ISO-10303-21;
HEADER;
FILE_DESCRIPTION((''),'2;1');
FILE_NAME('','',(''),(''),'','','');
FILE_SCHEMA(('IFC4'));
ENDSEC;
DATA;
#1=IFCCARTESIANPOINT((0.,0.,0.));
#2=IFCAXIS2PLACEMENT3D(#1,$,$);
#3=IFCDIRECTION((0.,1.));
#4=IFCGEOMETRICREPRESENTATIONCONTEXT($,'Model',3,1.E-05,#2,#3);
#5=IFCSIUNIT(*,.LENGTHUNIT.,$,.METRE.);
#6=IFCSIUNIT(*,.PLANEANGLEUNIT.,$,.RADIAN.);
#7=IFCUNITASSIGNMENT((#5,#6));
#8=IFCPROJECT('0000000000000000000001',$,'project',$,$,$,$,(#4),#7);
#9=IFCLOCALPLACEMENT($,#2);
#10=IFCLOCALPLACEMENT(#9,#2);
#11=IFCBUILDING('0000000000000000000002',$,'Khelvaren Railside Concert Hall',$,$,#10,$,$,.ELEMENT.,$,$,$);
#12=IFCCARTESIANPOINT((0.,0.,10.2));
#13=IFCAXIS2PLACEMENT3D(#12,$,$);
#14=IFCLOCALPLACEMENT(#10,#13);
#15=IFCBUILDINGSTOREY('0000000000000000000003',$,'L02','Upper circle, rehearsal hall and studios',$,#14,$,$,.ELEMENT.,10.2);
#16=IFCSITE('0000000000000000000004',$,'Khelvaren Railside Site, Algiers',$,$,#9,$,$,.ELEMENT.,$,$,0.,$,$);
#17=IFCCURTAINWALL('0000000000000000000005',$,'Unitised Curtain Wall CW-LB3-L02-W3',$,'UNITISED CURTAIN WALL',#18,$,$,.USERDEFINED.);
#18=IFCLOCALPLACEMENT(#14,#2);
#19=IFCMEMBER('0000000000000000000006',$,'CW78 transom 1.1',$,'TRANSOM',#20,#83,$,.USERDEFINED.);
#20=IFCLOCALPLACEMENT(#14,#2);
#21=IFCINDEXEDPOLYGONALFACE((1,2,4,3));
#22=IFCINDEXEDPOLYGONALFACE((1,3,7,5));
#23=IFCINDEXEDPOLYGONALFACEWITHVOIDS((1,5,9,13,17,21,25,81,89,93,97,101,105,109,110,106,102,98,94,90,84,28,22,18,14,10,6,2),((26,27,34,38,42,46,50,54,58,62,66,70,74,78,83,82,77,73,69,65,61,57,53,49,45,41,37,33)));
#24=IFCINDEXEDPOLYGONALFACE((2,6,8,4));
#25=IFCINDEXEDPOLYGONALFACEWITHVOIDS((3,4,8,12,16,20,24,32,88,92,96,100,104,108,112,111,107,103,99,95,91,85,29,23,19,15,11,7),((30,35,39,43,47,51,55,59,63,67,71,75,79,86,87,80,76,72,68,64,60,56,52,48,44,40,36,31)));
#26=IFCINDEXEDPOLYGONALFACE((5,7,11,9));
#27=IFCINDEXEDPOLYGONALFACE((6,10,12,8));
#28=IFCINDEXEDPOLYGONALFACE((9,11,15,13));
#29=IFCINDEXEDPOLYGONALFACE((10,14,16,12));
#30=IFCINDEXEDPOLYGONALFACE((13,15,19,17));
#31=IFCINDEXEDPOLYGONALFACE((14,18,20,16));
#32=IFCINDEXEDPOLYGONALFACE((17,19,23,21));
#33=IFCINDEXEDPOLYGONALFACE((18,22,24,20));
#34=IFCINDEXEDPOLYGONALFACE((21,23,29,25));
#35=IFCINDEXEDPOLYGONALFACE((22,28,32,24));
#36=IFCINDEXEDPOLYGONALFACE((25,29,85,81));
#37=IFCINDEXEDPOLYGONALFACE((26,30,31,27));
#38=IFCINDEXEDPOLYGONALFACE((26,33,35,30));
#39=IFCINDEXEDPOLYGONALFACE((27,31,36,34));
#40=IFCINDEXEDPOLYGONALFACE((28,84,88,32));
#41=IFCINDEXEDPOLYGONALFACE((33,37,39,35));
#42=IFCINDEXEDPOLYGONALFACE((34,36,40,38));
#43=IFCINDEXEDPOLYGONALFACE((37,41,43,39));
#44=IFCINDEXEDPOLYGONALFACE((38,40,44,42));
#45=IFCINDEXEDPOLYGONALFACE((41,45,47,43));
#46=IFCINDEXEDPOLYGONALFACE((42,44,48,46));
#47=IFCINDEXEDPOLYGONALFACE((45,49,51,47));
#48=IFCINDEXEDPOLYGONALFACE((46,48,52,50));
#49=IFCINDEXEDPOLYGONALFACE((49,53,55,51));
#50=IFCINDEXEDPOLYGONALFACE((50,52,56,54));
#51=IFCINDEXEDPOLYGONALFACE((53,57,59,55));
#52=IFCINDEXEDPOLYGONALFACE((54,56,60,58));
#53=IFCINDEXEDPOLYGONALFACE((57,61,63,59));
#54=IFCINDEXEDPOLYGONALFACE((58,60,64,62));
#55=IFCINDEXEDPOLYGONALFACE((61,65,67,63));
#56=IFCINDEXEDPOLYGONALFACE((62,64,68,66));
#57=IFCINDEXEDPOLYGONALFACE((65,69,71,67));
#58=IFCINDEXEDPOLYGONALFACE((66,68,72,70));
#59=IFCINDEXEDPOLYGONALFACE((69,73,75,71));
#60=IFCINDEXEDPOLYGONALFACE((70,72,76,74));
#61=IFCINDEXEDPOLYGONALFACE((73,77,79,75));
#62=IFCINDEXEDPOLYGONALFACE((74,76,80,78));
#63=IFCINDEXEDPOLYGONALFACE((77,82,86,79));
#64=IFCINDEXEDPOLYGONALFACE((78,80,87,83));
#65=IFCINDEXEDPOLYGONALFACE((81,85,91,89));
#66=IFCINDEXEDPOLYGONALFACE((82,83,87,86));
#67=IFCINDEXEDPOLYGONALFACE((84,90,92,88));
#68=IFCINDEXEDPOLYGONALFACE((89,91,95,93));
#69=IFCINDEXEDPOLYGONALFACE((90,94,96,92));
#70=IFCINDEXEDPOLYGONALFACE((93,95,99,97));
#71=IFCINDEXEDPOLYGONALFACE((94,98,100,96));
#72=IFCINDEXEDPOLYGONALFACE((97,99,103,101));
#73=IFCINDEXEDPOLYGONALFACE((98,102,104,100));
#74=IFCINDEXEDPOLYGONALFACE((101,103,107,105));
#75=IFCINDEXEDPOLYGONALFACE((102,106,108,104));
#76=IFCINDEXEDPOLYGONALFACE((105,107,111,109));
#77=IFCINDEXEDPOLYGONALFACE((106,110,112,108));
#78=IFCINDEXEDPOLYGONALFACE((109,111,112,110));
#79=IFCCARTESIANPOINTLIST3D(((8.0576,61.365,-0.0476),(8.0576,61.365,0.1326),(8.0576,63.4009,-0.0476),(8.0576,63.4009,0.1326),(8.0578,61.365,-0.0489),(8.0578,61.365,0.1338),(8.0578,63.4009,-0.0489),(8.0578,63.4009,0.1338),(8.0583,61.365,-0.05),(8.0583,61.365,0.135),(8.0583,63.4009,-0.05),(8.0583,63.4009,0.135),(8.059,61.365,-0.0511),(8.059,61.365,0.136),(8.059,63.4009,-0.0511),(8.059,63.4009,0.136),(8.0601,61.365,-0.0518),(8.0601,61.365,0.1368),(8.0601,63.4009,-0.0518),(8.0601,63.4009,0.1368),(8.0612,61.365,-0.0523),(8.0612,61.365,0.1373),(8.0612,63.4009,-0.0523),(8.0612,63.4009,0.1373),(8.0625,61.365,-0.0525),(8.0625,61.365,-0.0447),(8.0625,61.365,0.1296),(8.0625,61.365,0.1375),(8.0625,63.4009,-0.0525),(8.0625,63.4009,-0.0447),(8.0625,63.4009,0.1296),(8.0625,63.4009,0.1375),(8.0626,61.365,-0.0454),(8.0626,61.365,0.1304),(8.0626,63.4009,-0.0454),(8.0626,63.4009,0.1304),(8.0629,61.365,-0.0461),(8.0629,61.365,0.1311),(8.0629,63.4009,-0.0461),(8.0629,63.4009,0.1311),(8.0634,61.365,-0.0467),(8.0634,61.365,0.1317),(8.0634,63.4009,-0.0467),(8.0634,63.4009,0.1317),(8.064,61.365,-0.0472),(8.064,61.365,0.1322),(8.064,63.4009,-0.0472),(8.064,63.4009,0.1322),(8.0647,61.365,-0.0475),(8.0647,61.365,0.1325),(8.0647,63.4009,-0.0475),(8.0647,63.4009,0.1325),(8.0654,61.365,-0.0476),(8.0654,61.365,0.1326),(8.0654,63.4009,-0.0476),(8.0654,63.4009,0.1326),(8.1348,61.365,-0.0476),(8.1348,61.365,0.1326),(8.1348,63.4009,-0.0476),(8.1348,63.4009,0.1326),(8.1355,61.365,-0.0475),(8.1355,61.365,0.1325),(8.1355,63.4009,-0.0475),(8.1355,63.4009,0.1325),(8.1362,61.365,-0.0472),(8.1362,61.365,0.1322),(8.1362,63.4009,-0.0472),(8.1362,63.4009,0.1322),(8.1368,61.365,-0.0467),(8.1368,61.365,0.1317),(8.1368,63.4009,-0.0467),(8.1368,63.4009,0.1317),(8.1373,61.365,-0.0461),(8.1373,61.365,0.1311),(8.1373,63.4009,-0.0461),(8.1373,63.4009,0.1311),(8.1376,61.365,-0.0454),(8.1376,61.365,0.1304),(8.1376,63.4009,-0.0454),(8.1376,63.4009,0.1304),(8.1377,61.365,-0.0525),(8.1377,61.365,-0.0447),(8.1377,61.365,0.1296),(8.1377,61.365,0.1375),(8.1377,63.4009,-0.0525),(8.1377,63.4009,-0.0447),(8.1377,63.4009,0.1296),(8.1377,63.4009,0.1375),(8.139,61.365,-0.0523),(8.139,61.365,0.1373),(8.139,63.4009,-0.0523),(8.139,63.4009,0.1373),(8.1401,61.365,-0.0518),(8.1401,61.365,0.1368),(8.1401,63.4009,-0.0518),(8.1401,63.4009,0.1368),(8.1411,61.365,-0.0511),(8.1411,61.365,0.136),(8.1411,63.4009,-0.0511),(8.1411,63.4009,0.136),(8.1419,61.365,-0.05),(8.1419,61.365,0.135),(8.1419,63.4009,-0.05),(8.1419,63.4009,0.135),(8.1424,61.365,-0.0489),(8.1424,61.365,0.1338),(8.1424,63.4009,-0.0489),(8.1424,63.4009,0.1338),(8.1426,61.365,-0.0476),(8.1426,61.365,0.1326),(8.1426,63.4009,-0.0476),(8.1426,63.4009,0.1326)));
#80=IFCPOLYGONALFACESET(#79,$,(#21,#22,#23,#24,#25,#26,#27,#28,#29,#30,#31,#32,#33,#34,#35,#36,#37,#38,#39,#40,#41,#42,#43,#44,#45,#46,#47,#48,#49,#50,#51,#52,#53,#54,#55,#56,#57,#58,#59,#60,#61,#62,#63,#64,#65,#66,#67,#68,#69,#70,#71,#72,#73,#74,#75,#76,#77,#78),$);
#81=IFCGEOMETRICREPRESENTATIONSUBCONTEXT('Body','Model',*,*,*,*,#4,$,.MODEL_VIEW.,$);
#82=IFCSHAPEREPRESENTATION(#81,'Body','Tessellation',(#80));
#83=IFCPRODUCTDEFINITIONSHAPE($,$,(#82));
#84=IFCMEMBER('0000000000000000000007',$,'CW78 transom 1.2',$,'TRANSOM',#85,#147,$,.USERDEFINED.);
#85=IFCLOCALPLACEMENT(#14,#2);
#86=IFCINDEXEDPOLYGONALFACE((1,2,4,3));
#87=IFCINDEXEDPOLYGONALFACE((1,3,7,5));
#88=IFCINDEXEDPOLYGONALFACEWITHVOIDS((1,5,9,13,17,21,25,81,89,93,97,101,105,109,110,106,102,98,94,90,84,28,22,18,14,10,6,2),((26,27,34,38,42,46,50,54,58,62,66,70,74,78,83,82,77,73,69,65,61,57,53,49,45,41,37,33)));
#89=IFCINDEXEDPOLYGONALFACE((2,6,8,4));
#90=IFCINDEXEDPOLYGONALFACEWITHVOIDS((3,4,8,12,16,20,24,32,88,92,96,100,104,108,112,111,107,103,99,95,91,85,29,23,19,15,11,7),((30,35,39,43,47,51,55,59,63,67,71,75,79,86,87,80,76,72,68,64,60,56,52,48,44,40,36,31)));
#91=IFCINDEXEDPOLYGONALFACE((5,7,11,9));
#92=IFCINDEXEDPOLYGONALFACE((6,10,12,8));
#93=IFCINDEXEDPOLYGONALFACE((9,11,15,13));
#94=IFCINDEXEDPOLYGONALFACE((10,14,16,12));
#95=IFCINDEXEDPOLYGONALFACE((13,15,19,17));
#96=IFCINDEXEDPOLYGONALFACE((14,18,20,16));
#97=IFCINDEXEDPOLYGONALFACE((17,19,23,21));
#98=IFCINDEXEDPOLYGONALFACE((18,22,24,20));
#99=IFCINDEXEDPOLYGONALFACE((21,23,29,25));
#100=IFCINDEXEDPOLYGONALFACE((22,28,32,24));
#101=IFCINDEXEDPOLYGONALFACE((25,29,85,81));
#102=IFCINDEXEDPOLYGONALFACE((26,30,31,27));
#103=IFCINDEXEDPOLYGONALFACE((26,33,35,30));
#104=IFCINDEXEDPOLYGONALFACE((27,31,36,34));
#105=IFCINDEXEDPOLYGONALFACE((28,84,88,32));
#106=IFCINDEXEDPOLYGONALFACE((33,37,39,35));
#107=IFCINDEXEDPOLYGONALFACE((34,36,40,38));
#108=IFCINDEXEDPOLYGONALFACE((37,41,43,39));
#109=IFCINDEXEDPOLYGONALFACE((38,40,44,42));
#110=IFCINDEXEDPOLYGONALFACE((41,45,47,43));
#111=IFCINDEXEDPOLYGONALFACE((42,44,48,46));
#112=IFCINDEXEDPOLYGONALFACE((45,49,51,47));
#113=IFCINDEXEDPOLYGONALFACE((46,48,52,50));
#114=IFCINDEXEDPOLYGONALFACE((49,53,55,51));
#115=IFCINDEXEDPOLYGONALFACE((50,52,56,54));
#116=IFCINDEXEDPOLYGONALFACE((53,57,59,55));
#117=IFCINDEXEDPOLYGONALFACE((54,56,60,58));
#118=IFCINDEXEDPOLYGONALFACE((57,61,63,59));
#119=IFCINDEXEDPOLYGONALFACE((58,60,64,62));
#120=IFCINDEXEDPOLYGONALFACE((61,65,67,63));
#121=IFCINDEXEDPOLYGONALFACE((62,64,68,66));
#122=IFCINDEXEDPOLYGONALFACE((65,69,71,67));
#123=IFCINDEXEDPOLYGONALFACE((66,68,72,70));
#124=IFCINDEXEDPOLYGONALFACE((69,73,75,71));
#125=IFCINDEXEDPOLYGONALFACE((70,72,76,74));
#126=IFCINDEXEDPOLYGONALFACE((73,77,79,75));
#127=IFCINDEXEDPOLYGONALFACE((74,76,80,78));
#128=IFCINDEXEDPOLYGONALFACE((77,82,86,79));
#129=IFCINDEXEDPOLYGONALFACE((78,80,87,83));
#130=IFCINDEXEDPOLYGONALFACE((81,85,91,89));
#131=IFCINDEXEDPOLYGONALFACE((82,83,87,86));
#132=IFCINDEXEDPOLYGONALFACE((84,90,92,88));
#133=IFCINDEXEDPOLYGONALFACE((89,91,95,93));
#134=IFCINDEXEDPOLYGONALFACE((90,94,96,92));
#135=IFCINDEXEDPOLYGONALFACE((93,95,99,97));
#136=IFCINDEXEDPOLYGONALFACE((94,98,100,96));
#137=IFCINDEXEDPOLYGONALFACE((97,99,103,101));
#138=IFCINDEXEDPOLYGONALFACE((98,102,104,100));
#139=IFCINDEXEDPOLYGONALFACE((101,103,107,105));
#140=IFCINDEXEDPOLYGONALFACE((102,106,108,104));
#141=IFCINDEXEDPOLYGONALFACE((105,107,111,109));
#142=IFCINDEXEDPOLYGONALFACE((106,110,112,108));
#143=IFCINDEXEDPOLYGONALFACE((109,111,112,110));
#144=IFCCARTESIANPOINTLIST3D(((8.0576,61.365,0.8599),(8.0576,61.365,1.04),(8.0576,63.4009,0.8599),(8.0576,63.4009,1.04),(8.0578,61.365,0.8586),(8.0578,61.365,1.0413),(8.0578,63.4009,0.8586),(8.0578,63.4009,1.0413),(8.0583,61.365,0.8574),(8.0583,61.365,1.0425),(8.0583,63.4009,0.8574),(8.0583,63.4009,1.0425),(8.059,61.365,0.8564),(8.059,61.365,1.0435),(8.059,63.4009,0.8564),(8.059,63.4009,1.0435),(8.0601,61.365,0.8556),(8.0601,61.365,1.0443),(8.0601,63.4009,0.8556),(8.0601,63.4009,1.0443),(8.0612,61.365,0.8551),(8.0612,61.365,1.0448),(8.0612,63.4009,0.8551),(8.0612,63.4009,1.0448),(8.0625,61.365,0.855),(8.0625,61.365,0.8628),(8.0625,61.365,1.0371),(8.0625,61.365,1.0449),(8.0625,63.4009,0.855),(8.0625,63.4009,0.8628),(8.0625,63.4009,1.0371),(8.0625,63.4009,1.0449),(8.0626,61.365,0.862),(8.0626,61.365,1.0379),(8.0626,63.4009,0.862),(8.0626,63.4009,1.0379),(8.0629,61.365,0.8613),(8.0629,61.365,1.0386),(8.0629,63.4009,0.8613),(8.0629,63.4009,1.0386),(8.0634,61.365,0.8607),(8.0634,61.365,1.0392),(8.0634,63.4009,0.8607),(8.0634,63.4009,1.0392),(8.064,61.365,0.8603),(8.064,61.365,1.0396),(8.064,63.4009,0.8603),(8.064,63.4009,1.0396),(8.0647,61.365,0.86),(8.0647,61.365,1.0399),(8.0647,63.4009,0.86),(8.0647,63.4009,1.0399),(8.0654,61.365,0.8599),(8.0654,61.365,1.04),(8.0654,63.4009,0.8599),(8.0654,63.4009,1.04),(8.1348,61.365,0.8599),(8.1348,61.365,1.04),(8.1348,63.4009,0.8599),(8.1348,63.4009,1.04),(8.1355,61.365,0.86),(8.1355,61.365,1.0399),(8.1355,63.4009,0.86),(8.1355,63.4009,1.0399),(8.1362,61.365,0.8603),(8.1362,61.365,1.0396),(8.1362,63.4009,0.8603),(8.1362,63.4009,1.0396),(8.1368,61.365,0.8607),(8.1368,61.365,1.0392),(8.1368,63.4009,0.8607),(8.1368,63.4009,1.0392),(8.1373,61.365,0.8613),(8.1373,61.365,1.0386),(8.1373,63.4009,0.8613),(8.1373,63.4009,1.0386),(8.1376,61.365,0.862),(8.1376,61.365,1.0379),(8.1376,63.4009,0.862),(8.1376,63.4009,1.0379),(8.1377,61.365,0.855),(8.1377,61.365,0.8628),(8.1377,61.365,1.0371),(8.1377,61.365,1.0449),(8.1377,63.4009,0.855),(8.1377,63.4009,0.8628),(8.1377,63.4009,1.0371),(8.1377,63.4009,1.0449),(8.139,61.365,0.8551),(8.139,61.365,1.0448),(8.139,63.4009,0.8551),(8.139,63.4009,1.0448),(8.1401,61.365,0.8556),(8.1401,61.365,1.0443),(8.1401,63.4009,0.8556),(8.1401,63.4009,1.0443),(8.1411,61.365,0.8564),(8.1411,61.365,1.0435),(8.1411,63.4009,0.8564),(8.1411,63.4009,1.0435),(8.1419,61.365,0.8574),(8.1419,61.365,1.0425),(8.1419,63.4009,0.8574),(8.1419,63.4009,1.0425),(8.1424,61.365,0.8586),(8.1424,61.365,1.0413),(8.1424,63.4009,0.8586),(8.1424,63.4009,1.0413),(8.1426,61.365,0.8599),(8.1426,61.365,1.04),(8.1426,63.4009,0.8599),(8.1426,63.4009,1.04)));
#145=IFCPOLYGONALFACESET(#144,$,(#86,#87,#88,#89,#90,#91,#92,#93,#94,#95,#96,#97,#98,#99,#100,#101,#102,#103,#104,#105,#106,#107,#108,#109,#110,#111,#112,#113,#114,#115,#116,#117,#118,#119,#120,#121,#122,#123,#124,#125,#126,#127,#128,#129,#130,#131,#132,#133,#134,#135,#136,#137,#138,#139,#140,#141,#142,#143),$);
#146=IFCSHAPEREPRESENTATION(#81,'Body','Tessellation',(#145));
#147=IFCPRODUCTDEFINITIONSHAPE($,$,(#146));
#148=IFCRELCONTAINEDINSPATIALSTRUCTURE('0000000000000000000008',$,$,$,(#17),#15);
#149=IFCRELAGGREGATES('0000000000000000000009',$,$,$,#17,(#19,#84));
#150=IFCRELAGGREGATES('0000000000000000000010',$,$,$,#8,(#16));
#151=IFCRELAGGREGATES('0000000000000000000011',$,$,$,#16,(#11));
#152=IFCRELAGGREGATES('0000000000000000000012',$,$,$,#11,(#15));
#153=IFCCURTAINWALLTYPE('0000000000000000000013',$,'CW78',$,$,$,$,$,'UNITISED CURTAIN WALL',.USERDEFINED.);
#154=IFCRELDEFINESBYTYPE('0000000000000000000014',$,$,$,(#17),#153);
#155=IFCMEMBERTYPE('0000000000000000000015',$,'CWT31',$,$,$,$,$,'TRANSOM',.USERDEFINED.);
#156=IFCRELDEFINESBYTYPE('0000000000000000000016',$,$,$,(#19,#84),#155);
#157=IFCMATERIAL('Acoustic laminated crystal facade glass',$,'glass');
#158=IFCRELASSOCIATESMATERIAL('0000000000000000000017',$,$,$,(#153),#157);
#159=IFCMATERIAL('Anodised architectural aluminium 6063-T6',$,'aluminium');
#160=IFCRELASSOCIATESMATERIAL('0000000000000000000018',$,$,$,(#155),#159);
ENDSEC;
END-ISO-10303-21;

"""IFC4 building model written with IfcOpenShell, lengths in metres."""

from ifc_helpers import new_model, si_unit, direction, frame, origin, origin_2d, place, context, subcontext, project, spatial, hollow_rectangle, extrude, material, material_profile, profile_set, type_object, element, aggregate, save


model = new_model("IFC4")

# Units and contexts
model_context = context("Model", 3, precision=1e-05, world=origin(), true_north=direction((0.0, 1.0)))
body_context = subcontext(model_context, "Body", "Model", "MODEL_VIEW")
ifc_project = project(units=[si_unit("LENGTHUNIT", "METRE"), si_unit("PLANEANGLEUNIT", "RADIAN")], contexts=[model_context])

# Site, building, storey
site_placement = place(None, origin())
site = spatial("IfcSite", under=ifc_project, at=site_placement, Name="Khelvaren Railside Site, Algiers", CompositionType="ELEMENT", RefElevation=0.0)
building_placement = place(site_placement, origin())
building = spatial("IfcBuilding", under=site, at=building_placement, Name="Khelvaren Railside Concert Hall", CompositionType="ELEMENT")
storey_placement = place(building_placement, frame((0.0, 0.0, 10.2)))
storey = spatial("IfcBuildingStorey", under=building, at=storey_placement, Name="L02", Description="Upper circle, rehearsal hall and studios", CompositionType="ELEMENT", Elevation=10.2)

# Curtain wall
ifc_material_1 = material(Name="Acoustic laminated crystal facade glass", Category="glass")
curtain_wall_type = type_object("IfcCurtainWallType", Name="CW78", ElementType="UNITISED CURTAIN WALL", PredefinedType="USERDEFINED", material=ifc_material_1)
ifc_material_2 = material(Name="Anodised architectural aluminium 6063-T6", Category="aluminium")
curtain_wall_1_placement = place(storey_placement, origin())
curtain_wall_1 = element("IfcCurtainWall", 1, at=curtain_wall_1_placement, inside=storey, type_object=curtain_wall_type, Name="Unitised Curtain Wall CW-LB3-L02-W3", ObjectType="UNITISED CURTAIN WALL", PredefinedType="USERDEFINED")

# Members
ifc_material_profile_1 = material_profile(ifc_material_2, hollow_rectangle(XDim=0.085, YDim=0.1899, WallThickness=0.0049, InnerFilletRadius=0.0029, OuterFilletRadius=0.0049, at=origin_2d()), Name="CWT 85x190x5")
ifc_profile_set_1 = profile_set([ifc_material_profile_1], Name="Anodised architectural aluminium 6063-T6")
member_type_1 = type_object("IfcMemberType", Name="CWT31", ElementType="TRANSOM", PredefinedType="USERDEFINED", material=ifc_profile_set_1)
member_1_placement = place(storey_placement, frame((8.1001, 61.365, 0.0425), z_axis=(0.0, 1.0, 0.0), x_axis=(-1.0, 0.0, 0.0)))
member_1 = element("IfcMember", 2, at=member_1_placement, type_object=member_type_1, Name="CW78 transom 1.1", ObjectType="TRANSOM", PredefinedType="USERDEFINED", context=body_context, shape_type="SweptSolid", body=[
    extrude(hollow_rectangle(XDim=0.085, YDim=0.1899, WallThickness=0.0049, InnerFilletRadius=0.0029, OuterFilletRadius=0.0049, at=origin_2d()), origin(), (0.0, 0.0, 1.0), 2.0359),
])
member_2_placement = place(storey_placement, frame((8.1001, 61.365, 0.95), z_axis=(0.0, 1.0, 0.0), x_axis=(-1.0, 0.0, 0.0)))
member_2 = element("IfcMember", 3, at=member_2_placement, type_object=member_type_1, Name="CW78 transom 1.2", ObjectType="TRANSOM", PredefinedType="USERDEFINED", context=body_context, shape_type="SweptSolid", body=[
    extrude(hollow_rectangle(XDim=0.085, YDim=0.1899, WallThickness=0.0049, InnerFilletRadius=0.0029, OuterFilletRadius=0.0049, at=origin_2d()), origin(), (0.0, 0.0, 1.0), 2.0359),
])

aggregate(curtain_wall_1, [member_1, member_2])

save(model, "model.ifc")
